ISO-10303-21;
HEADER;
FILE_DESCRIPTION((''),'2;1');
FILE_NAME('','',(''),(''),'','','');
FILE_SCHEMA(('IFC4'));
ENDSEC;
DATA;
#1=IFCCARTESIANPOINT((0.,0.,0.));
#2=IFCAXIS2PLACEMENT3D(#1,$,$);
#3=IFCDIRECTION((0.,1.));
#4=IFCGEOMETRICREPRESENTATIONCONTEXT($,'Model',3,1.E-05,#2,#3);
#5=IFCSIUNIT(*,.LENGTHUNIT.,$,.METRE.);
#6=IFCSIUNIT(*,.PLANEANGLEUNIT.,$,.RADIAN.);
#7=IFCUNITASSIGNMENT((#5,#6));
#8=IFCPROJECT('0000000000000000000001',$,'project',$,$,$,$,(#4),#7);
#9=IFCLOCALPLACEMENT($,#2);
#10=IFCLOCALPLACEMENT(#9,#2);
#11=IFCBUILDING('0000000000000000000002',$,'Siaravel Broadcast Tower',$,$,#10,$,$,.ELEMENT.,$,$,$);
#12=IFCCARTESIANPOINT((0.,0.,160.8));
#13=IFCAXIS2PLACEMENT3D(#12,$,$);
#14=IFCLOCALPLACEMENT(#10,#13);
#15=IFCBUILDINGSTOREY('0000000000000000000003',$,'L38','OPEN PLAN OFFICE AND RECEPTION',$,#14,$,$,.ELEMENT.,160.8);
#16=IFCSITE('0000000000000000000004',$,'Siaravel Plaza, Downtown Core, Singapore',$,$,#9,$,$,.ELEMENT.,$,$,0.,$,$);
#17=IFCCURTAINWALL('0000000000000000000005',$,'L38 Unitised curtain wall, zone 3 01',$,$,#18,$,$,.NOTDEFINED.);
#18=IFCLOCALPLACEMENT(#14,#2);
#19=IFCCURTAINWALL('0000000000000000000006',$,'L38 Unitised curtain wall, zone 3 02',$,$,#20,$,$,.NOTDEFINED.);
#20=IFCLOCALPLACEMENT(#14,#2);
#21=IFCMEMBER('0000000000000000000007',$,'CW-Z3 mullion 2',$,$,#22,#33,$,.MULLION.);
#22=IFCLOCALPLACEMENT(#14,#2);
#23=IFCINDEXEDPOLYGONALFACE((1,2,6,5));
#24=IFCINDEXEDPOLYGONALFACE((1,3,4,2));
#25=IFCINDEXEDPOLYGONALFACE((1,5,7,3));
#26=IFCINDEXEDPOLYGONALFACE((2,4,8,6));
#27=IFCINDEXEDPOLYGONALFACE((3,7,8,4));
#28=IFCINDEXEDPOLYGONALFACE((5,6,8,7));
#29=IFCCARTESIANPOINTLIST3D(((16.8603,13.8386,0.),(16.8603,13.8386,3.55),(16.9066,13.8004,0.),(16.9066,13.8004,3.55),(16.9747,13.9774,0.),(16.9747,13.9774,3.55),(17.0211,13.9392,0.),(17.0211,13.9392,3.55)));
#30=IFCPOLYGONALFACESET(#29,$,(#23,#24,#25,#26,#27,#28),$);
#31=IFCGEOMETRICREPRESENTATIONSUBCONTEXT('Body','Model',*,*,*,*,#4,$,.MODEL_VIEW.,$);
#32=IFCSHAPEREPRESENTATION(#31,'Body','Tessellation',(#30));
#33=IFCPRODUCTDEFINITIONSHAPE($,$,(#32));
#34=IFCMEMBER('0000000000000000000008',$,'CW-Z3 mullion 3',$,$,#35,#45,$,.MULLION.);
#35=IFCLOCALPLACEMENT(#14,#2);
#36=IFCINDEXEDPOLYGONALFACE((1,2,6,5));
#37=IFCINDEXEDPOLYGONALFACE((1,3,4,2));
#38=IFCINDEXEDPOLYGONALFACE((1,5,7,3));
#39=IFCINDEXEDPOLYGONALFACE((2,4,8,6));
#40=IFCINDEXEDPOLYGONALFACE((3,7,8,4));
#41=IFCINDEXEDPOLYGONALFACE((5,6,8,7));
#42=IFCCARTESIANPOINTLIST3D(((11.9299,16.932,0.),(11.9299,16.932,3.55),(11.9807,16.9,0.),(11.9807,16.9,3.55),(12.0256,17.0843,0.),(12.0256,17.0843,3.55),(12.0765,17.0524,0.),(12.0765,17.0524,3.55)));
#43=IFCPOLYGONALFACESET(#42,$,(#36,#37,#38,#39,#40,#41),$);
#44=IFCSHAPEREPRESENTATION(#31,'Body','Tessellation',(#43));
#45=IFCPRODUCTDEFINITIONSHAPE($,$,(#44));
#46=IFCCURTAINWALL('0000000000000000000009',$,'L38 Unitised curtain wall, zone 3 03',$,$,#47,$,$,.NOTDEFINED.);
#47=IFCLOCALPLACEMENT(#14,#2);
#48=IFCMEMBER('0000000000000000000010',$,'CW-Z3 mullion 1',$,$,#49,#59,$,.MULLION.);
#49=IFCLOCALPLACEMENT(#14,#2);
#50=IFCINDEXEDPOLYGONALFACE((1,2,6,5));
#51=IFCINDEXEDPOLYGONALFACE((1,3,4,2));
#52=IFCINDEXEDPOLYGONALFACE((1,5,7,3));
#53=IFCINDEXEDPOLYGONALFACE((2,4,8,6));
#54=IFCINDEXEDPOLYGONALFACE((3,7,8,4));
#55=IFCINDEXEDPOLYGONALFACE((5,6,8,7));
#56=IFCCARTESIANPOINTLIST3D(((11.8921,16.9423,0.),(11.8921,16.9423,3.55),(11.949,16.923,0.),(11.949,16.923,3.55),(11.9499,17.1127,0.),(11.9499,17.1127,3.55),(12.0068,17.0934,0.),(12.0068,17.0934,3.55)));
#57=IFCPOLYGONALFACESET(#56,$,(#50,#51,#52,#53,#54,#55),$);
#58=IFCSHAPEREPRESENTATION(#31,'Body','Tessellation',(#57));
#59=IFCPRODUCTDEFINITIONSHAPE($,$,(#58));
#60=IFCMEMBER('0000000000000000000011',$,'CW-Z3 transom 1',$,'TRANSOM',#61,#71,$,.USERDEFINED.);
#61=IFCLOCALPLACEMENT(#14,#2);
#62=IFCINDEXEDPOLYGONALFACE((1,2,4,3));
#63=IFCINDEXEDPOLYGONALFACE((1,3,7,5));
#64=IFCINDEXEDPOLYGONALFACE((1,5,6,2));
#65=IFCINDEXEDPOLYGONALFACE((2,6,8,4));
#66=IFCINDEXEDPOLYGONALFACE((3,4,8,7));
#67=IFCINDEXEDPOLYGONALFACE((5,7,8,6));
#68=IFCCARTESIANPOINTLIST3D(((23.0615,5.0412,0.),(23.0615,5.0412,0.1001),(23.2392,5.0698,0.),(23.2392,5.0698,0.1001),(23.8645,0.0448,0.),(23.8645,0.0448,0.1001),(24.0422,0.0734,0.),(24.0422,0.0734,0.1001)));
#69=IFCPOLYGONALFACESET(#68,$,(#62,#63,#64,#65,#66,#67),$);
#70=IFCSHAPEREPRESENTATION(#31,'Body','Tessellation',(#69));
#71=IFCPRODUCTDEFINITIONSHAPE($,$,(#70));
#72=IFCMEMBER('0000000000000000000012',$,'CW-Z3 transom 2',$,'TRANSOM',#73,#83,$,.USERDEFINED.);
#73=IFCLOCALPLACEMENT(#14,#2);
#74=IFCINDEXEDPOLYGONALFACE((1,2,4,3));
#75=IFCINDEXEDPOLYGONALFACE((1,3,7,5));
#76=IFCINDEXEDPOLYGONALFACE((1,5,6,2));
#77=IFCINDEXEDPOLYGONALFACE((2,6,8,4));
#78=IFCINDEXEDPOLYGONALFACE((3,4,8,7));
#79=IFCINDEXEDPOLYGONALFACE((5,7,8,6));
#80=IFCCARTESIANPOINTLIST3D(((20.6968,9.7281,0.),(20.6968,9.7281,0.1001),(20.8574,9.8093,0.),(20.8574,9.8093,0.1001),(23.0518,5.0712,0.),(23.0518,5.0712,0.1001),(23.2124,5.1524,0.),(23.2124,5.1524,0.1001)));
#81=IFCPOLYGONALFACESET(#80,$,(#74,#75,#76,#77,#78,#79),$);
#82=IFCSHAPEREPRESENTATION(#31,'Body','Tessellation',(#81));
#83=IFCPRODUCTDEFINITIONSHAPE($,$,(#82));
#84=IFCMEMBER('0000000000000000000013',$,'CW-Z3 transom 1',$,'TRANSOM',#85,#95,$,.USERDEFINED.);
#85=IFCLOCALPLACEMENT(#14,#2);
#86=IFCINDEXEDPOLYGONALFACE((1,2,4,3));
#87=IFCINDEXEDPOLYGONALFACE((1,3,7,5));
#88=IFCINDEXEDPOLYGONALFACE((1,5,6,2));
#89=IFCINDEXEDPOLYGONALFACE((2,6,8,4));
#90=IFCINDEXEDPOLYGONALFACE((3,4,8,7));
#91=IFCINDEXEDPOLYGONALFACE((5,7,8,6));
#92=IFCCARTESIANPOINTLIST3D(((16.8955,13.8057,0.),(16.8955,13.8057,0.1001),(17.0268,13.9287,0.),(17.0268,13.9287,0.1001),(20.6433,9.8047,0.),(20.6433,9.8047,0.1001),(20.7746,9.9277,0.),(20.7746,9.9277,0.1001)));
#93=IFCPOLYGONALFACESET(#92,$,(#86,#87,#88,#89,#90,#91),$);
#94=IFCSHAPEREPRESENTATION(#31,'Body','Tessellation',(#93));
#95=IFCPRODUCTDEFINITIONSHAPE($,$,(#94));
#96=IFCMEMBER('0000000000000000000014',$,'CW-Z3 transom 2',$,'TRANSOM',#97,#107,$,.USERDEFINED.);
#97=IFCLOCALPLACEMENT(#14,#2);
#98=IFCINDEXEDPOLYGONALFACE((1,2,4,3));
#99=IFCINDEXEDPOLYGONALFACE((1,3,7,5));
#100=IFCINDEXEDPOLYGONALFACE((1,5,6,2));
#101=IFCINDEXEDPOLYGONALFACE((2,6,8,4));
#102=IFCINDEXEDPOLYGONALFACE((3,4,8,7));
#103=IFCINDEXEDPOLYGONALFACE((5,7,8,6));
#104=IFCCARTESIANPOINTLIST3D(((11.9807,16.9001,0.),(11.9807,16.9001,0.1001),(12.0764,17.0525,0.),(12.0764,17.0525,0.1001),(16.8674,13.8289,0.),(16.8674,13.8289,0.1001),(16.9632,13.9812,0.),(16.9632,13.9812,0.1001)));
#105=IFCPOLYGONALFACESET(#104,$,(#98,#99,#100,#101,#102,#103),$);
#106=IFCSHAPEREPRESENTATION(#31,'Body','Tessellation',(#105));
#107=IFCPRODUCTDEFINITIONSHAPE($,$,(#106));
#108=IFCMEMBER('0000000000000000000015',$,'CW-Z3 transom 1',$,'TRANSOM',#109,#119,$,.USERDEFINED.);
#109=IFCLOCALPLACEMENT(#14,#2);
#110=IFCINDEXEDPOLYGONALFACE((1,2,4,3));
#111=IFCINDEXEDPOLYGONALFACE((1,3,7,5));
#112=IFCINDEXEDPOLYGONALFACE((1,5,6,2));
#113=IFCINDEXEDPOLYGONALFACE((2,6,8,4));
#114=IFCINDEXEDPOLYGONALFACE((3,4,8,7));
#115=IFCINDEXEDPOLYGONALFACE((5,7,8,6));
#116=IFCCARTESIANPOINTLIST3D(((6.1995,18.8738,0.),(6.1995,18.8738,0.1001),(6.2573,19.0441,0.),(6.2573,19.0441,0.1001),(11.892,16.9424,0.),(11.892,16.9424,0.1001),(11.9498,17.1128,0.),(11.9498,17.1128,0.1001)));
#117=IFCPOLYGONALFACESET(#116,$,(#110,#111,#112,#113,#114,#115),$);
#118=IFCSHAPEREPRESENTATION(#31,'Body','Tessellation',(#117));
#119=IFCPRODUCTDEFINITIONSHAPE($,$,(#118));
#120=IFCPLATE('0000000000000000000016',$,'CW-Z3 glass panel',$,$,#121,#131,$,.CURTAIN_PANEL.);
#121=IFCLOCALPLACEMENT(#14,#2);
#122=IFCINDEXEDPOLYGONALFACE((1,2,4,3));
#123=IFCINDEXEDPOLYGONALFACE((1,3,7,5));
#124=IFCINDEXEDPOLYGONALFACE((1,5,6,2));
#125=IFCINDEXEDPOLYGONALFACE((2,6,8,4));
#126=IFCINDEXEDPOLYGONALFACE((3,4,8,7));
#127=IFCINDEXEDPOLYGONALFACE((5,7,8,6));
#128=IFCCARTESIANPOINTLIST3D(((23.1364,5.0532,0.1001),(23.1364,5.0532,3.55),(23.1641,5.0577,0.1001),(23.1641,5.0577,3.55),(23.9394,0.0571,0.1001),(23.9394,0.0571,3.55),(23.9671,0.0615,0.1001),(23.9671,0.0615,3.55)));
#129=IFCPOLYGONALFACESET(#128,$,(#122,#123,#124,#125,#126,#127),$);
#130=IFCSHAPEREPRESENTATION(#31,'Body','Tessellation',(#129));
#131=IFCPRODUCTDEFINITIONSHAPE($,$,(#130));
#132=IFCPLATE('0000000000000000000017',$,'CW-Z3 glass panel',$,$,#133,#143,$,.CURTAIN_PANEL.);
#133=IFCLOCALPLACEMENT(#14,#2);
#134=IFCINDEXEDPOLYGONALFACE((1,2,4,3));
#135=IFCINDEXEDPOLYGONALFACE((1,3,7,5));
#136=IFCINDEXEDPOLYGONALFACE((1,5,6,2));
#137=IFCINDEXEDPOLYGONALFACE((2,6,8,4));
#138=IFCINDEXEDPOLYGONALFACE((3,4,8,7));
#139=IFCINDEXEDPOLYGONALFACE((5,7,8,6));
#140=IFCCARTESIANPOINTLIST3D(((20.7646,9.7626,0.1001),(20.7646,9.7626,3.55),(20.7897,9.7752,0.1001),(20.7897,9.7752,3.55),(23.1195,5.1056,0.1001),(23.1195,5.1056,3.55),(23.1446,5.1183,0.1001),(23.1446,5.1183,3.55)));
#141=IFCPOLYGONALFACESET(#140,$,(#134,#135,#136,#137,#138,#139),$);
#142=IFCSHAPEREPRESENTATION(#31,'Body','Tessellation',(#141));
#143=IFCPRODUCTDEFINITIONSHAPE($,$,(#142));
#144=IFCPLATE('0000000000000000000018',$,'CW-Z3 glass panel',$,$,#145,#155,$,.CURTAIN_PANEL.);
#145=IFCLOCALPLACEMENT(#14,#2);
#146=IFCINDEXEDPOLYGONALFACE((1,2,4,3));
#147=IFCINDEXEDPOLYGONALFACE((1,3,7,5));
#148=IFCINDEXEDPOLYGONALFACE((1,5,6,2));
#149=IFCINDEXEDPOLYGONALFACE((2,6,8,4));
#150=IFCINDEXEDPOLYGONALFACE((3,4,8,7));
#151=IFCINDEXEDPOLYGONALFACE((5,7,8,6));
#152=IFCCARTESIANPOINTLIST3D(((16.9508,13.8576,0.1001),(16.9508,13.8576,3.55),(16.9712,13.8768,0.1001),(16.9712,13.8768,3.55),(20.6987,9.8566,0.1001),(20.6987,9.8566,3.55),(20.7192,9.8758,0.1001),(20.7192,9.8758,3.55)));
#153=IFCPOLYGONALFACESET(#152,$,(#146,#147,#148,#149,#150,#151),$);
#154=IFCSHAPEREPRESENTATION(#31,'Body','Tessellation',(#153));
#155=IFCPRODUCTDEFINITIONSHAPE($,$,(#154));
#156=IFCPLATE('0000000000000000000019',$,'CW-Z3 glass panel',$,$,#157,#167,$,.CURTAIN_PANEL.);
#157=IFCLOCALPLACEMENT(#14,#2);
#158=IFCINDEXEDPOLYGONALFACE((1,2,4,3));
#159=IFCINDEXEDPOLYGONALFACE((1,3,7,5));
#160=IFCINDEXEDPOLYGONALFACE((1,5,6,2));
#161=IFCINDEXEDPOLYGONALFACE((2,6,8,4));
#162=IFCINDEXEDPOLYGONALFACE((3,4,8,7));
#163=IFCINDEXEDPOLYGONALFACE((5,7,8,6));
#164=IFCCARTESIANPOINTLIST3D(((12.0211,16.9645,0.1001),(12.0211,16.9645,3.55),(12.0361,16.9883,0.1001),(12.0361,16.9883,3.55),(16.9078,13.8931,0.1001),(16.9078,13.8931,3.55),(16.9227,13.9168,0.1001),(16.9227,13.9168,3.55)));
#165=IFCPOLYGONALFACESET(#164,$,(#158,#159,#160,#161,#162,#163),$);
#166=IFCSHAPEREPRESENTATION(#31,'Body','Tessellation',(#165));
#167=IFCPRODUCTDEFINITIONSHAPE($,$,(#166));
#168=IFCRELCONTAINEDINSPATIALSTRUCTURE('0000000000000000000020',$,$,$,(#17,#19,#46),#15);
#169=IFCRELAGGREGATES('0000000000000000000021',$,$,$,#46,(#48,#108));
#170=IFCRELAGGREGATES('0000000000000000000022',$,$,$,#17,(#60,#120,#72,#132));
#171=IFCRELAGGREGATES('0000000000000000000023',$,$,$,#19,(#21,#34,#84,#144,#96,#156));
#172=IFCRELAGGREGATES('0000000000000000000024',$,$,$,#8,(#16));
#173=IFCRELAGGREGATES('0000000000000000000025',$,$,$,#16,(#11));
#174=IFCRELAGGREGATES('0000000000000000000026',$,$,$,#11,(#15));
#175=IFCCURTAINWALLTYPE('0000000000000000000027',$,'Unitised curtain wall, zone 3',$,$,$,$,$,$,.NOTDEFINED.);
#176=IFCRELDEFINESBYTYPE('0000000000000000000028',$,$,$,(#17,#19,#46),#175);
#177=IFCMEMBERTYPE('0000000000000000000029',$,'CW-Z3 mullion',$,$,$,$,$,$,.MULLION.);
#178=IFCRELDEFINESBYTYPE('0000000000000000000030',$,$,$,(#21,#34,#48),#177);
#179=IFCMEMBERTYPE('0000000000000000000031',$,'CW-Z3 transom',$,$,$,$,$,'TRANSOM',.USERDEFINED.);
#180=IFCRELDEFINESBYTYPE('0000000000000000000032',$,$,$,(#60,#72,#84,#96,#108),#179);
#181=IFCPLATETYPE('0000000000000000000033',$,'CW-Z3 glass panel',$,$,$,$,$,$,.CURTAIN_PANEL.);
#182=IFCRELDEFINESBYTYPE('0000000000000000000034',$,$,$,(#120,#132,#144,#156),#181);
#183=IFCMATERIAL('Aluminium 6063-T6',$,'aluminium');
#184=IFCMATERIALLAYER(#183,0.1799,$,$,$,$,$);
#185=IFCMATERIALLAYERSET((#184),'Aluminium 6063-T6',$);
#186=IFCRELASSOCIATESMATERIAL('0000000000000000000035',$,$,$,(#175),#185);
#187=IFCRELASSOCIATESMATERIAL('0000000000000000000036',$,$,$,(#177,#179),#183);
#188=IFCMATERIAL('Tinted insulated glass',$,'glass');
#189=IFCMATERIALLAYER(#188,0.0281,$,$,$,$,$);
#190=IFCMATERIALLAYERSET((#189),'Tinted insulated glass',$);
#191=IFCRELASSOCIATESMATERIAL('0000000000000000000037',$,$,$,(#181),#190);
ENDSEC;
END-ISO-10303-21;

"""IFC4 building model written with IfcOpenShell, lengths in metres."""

from ifc_helpers import new_model, si_unit, direction, frame, origin, origin_2d, place, context, subcontext, project, spatial, rectangle, extrude, material, layer, layer_set, material_profile, profile_set, type_object, element, aggregate, save


model = new_model("IFC4")

# Units and contexts
model_context = context("Model", 3, precision=1e-05, world=origin(), true_north=direction((0.0, 1.0)))
body_context = subcontext(model_context, "Body", "Model", "MODEL_VIEW")
ifc_project = project(units=[si_unit("LENGTHUNIT", "METRE"), si_unit("PLANEANGLEUNIT", "RADIAN")], contexts=[model_context])

# Site, building, storey
site_placement = place(None, origin())
site = spatial("IfcSite", under=ifc_project, at=site_placement, Name="Siaravel Plaza, Downtown Core, Singapore", CompositionType="ELEMENT", RefElevation=0.0)
building_placement = place(site_placement, origin())
building = spatial("IfcBuilding", under=site, at=building_placement, Name="Siaravel Broadcast Tower", CompositionType="ELEMENT")
storey_placement = place(building_placement, frame((0.0, 0.0, 160.8)))
storey = spatial("IfcBuildingStorey", under=building, at=storey_placement, Name="L38", Description="OPEN PLAN OFFICE AND RECEPTION", CompositionType="ELEMENT", Elevation=160.8)

# Curtain walls, members
ifc_material_1 = material(Name="Aluminium 6063-T6", Category="aluminium")
ifc_layer_1 = layer(ifc_material_1, 0.1799)
ifc_layer_set_1 = layer_set([ifc_layer_1], Name="Aluminium 6063-T6")
curtain_wall_type = type_object("IfcCurtainWallType", Name="Unitised curtain wall, zone 3", PredefinedType="NOTDEFINED", material=ifc_layer_set_1)
curtain_wall_1_placement = place(storey_placement, origin())
curtain_wall_1 = element("IfcCurtainWall", 1, at=curtain_wall_1_placement, inside=storey, type_object=curtain_wall_type, Name="L38 Unitised curtain wall, zone 3 01", PredefinedType="NOTDEFINED")
ifc_material_profile_1 = material_profile(ifc_material_1, rectangle(XDim=0.1799, YDim=0.0601, at=origin_2d()))
ifc_profile_set_1 = profile_set([ifc_material_profile_1], Name="Aluminium 6063-T6")
member_type_1 = type_object("IfcMemberType", Name="CW-Z3 mullion", PredefinedType="MULLION", material=ifc_profile_set_1)
curtain_wall_2_placement = place(storey_placement, origin())
curtain_wall_2 = element("IfcCurtainWall", 2, at=curtain_wall_2_placement, inside=storey, type_object=curtain_wall_type, Name="L38 Unitised curtain wall, zone 3 02", PredefinedType="NOTDEFINED")
member_1_placement = place(storey_placement, frame((16.9407, 13.8889, 0.0), z_axis=(0.0, 0.0, 1.0), x_axis=(-0.63622, -0.771508, 0.0)))
member_1 = element("IfcMember", 3, at=member_1_placement, type_object=member_type_1, Name="CW-Z3 mullion 2", PredefinedType="MULLION", context=body_context, shape_type="SweptSolid", body=[
    extrude(rectangle(XDim=0.1799, YDim=0.0601, at=origin_2d()), origin(), (0.0, 0.0, 1.0), 3.55),
])
member_2_placement = place(storey_placement, frame((12.0032, 16.9922, 0.0), z_axis=(0.0, 0.0, 1.0), x_axis=(-0.53215, -0.84665, 0.0)))
member_2 = element("IfcMember", 4, at=member_2_placement, type_object=member_type_1, Name="CW-Z3 mullion 3", PredefinedType="MULLION", context=body_context, shape_type="SweptSolid", body=[
    extrude(rectangle(XDim=0.1799, YDim=0.0601, at=origin_2d()), origin(), (0.0, 0.0, 1.0), 3.55),
])

# Curtain wall, member
curtain_wall_3_placement = place(storey_placement, origin())
curtain_wall_3 = element("IfcCurtainWall", 5, at=curtain_wall_3_placement, inside=storey, type_object=curtain_wall_type, Name="L38 Unitised curtain wall, zone 3 03", PredefinedType="NOTDEFINED")
member_3_placement = place(storey_placement, frame((11.9495, 17.0178, 0.0), z_axis=(0.0, 0.0, 1.0), x_axis=(-0.321301, -0.946977, 0.0)))
member_3 = element("IfcMember", 6, at=member_3_placement, type_object=member_type_1, Name="CW-Z3 mullion 1", PredefinedType="MULLION", context=body_context, shape_type="SweptSolid", body=[
    extrude(rectangle(XDim=0.1799, YDim=0.0601, at=origin_2d()), origin(), (0.0, 0.0, 1.0), 3.55),
])

# Members
ifc_material_profile_2 = material_profile(ifc_material_1, rectangle(XDim=0.1799, YDim=0.1001, at=origin_2d()))
ifc_profile_set_2 = profile_set([ifc_material_profile_2], Name="Aluminium 6063-T6")
member_type_2 = type_object("IfcMemberType", Name="CW-Z3 transom", ElementType="TRANSOM", PredefinedType="USERDEFINED", material=ifc_profile_set_2)
member_4_placement = place(storey_placement, frame((23.9534, 0.0591, 0.05), z_axis=(-0.158677, 0.987331, 0.0), x_axis=(-0.987331, -0.158677, 0.0)))
member_4 = element("IfcMember", 7, at=member_4_placement, type_object=member_type_2, Name="CW-Z3 transom 1", ObjectType="TRANSOM", PredefinedType="USERDEFINED", context=body_context, shape_type="SweptSolid", body=[
    extrude(rectangle(XDim=0.1799, YDim=0.1001, at=origin_2d()), origin(), (0.0, 0.0, 1.0), 5.0605),
])
member_5_placement = place(storey_placement, frame((23.1321, 5.1118, 0.05), z_axis=(-0.45127, 0.892388, 0.0), x_axis=(-0.892388, -0.45127, 0.0)))
member_5 = element("IfcMember", 8, at=member_5_placement, type_object=member_type_2, Name="CW-Z3 transom 2", ObjectType="TRANSOM", PredefinedType="USERDEFINED", context=body_context, shape_type="SweptSolid", body=[
    extrude(rectangle(XDim=0.1799, YDim=0.1001, at=origin_2d()), origin(), (0.0, 0.0, 1.0), 5.2185),
])
member_6_placement = place(storey_placement, frame((20.709, 9.8662, 0.05), z_axis=(-0.683639, 0.72982, 0.0), x_axis=(-0.72982, -0.683639, 0.0)))
member_6 = element("IfcMember", 9, at=member_6_placement, type_object=member_type_2, Name="CW-Z3 transom 1", ObjectType="TRANSOM", PredefinedType="USERDEFINED", context=body_context, shape_type="SweptSolid", body=[
    extrude(rectangle(XDim=0.1799, YDim=0.1001, at=origin_2d()), origin(), (0.0, 0.0, 1.0), 5.4822),
])
member_7_placement = place(storey_placement, frame((16.9153, 13.905, 0.05), z_axis=(-0.846665, 0.532126, 0.0), x_axis=(-0.532126, -0.846665, 0.0)))
member_7 = element("IfcMember", 10, at=member_7_placement, type_object=member_type_2, Name="CW-Z3 transom 2", ObjectType="TRANSOM", PredefinedType="USERDEFINED", context=body_context, shape_type="SweptSolid", body=[
    extrude(rectangle(XDim=0.1799, YDim=0.1001, at=origin_2d()), origin(), (0.0, 0.0, 1.0), 5.7717),
])
member_8_placement = place(storey_placement, frame((11.9209, 17.0276, 0.05), z_axis=(-0.94698, 0.321292, 0.0), x_axis=(-0.321292, -0.94698, 0.0)))
member_8 = element("IfcMember", 11, at=member_8_placement, type_object=member_type_2, Name="CW-Z3 transom 1", ObjectType="TRANSOM", PredefinedType="USERDEFINED", context=body_context, shape_type="SweptSolid", body=[
    extrude(rectangle(XDim=0.1799, YDim=0.1001, at=origin_2d()), origin(), (0.0, 0.0, 1.0), 6.0112),
])
aggregate(curtain_wall_3, [member_3, member_8])

# Plates
ifc_material_2 = material(Name="Tinted insulated glass", Category="glass")
ifc_layer_2 = layer(ifc_material_2, 0.0281)
ifc_layer_set_2 = layer_set([ifc_layer_2], Name="Tinted insulated glass")
plate_type = type_object("IfcPlateType", Name="CW-Z3 glass panel", PredefinedType="CURTAIN_PANEL", material=ifc_layer_set_2)
plate_1_placement = place(storey_placement, frame((23.5518, 2.5574, 0.1001), z_axis=(0.0, 0.0, 1.0), x_axis=(-0.158685, 0.987329, 0.0)))
plate_1 = element("IfcPlate", 12, at=plate_1_placement, type_object=plate_type, Name="CW-Z3 glass panel", PredefinedType="CURTAIN_PANEL", context=body_context, shape_type="SweptSolid", body=[
    extrude(rectangle(XDim=5.0603, YDim=0.0281, at=origin_2d()), origin(), (0.0, 0.0, 1.0), 3.45),
])
plate_2_placement = place(storey_placement, frame((21.9546, 7.4404, 0.1001), z_axis=(0.0, 0.0, 1.0), x_axis=(-0.45126, 0.892393, 0.0)))
plate_2 = element("IfcPlate", 13, at=plate_2_placement, type_object=plate_type, Name="CW-Z3 glass panel", PredefinedType="CURTAIN_PANEL", context=body_context, shape_type="SweptSolid", body=[
    extrude(rectangle(XDim=5.2185, YDim=0.0281, at=origin_2d()), origin(), (0.0, 0.0, 1.0), 3.45),
])
aggregate(curtain_wall_1, [member_4, plate_1, member_5, plate_2])
plate_3_placement = place(storey_placement, frame((18.835, 11.8667, 0.1001), z_axis=(0.0, 0.0, 1.0), x_axis=(-0.683654, 0.729806, 0.0)))
plate_3 = element("IfcPlate", 14, at=plate_3_placement, type_object=plate_type, Name="CW-Z3 glass panel", PredefinedType="CURTAIN_PANEL", context=body_context, shape_type="SweptSolid", body=[
    extrude(rectangle(XDim=5.4822, YDim=0.0281, at=origin_2d()), origin(), (0.0, 0.0, 1.0), 3.45),
])
plate_4_placement = place(storey_placement, frame((14.4719, 15.4407, 0.1001), z_axis=(0.0, 0.0, 1.0), x_axis=(-0.84665, 0.53215, 0.0)))
plate_4 = element("IfcPlate", 15, at=plate_4_placement, type_object=plate_type, Name="CW-Z3 glass panel", PredefinedType="CURTAIN_PANEL", context=body_context, shape_type="SweptSolid", body=[
    extrude(rectangle(XDim=5.7717, YDim=0.0281, at=origin_2d()), origin(), (0.0, 0.0, 1.0), 3.45),
])
aggregate(curtain_wall_2, [member_1, member_2, member_6, plate_3, member_7, plate_4])

save(model, "model.ifc")
